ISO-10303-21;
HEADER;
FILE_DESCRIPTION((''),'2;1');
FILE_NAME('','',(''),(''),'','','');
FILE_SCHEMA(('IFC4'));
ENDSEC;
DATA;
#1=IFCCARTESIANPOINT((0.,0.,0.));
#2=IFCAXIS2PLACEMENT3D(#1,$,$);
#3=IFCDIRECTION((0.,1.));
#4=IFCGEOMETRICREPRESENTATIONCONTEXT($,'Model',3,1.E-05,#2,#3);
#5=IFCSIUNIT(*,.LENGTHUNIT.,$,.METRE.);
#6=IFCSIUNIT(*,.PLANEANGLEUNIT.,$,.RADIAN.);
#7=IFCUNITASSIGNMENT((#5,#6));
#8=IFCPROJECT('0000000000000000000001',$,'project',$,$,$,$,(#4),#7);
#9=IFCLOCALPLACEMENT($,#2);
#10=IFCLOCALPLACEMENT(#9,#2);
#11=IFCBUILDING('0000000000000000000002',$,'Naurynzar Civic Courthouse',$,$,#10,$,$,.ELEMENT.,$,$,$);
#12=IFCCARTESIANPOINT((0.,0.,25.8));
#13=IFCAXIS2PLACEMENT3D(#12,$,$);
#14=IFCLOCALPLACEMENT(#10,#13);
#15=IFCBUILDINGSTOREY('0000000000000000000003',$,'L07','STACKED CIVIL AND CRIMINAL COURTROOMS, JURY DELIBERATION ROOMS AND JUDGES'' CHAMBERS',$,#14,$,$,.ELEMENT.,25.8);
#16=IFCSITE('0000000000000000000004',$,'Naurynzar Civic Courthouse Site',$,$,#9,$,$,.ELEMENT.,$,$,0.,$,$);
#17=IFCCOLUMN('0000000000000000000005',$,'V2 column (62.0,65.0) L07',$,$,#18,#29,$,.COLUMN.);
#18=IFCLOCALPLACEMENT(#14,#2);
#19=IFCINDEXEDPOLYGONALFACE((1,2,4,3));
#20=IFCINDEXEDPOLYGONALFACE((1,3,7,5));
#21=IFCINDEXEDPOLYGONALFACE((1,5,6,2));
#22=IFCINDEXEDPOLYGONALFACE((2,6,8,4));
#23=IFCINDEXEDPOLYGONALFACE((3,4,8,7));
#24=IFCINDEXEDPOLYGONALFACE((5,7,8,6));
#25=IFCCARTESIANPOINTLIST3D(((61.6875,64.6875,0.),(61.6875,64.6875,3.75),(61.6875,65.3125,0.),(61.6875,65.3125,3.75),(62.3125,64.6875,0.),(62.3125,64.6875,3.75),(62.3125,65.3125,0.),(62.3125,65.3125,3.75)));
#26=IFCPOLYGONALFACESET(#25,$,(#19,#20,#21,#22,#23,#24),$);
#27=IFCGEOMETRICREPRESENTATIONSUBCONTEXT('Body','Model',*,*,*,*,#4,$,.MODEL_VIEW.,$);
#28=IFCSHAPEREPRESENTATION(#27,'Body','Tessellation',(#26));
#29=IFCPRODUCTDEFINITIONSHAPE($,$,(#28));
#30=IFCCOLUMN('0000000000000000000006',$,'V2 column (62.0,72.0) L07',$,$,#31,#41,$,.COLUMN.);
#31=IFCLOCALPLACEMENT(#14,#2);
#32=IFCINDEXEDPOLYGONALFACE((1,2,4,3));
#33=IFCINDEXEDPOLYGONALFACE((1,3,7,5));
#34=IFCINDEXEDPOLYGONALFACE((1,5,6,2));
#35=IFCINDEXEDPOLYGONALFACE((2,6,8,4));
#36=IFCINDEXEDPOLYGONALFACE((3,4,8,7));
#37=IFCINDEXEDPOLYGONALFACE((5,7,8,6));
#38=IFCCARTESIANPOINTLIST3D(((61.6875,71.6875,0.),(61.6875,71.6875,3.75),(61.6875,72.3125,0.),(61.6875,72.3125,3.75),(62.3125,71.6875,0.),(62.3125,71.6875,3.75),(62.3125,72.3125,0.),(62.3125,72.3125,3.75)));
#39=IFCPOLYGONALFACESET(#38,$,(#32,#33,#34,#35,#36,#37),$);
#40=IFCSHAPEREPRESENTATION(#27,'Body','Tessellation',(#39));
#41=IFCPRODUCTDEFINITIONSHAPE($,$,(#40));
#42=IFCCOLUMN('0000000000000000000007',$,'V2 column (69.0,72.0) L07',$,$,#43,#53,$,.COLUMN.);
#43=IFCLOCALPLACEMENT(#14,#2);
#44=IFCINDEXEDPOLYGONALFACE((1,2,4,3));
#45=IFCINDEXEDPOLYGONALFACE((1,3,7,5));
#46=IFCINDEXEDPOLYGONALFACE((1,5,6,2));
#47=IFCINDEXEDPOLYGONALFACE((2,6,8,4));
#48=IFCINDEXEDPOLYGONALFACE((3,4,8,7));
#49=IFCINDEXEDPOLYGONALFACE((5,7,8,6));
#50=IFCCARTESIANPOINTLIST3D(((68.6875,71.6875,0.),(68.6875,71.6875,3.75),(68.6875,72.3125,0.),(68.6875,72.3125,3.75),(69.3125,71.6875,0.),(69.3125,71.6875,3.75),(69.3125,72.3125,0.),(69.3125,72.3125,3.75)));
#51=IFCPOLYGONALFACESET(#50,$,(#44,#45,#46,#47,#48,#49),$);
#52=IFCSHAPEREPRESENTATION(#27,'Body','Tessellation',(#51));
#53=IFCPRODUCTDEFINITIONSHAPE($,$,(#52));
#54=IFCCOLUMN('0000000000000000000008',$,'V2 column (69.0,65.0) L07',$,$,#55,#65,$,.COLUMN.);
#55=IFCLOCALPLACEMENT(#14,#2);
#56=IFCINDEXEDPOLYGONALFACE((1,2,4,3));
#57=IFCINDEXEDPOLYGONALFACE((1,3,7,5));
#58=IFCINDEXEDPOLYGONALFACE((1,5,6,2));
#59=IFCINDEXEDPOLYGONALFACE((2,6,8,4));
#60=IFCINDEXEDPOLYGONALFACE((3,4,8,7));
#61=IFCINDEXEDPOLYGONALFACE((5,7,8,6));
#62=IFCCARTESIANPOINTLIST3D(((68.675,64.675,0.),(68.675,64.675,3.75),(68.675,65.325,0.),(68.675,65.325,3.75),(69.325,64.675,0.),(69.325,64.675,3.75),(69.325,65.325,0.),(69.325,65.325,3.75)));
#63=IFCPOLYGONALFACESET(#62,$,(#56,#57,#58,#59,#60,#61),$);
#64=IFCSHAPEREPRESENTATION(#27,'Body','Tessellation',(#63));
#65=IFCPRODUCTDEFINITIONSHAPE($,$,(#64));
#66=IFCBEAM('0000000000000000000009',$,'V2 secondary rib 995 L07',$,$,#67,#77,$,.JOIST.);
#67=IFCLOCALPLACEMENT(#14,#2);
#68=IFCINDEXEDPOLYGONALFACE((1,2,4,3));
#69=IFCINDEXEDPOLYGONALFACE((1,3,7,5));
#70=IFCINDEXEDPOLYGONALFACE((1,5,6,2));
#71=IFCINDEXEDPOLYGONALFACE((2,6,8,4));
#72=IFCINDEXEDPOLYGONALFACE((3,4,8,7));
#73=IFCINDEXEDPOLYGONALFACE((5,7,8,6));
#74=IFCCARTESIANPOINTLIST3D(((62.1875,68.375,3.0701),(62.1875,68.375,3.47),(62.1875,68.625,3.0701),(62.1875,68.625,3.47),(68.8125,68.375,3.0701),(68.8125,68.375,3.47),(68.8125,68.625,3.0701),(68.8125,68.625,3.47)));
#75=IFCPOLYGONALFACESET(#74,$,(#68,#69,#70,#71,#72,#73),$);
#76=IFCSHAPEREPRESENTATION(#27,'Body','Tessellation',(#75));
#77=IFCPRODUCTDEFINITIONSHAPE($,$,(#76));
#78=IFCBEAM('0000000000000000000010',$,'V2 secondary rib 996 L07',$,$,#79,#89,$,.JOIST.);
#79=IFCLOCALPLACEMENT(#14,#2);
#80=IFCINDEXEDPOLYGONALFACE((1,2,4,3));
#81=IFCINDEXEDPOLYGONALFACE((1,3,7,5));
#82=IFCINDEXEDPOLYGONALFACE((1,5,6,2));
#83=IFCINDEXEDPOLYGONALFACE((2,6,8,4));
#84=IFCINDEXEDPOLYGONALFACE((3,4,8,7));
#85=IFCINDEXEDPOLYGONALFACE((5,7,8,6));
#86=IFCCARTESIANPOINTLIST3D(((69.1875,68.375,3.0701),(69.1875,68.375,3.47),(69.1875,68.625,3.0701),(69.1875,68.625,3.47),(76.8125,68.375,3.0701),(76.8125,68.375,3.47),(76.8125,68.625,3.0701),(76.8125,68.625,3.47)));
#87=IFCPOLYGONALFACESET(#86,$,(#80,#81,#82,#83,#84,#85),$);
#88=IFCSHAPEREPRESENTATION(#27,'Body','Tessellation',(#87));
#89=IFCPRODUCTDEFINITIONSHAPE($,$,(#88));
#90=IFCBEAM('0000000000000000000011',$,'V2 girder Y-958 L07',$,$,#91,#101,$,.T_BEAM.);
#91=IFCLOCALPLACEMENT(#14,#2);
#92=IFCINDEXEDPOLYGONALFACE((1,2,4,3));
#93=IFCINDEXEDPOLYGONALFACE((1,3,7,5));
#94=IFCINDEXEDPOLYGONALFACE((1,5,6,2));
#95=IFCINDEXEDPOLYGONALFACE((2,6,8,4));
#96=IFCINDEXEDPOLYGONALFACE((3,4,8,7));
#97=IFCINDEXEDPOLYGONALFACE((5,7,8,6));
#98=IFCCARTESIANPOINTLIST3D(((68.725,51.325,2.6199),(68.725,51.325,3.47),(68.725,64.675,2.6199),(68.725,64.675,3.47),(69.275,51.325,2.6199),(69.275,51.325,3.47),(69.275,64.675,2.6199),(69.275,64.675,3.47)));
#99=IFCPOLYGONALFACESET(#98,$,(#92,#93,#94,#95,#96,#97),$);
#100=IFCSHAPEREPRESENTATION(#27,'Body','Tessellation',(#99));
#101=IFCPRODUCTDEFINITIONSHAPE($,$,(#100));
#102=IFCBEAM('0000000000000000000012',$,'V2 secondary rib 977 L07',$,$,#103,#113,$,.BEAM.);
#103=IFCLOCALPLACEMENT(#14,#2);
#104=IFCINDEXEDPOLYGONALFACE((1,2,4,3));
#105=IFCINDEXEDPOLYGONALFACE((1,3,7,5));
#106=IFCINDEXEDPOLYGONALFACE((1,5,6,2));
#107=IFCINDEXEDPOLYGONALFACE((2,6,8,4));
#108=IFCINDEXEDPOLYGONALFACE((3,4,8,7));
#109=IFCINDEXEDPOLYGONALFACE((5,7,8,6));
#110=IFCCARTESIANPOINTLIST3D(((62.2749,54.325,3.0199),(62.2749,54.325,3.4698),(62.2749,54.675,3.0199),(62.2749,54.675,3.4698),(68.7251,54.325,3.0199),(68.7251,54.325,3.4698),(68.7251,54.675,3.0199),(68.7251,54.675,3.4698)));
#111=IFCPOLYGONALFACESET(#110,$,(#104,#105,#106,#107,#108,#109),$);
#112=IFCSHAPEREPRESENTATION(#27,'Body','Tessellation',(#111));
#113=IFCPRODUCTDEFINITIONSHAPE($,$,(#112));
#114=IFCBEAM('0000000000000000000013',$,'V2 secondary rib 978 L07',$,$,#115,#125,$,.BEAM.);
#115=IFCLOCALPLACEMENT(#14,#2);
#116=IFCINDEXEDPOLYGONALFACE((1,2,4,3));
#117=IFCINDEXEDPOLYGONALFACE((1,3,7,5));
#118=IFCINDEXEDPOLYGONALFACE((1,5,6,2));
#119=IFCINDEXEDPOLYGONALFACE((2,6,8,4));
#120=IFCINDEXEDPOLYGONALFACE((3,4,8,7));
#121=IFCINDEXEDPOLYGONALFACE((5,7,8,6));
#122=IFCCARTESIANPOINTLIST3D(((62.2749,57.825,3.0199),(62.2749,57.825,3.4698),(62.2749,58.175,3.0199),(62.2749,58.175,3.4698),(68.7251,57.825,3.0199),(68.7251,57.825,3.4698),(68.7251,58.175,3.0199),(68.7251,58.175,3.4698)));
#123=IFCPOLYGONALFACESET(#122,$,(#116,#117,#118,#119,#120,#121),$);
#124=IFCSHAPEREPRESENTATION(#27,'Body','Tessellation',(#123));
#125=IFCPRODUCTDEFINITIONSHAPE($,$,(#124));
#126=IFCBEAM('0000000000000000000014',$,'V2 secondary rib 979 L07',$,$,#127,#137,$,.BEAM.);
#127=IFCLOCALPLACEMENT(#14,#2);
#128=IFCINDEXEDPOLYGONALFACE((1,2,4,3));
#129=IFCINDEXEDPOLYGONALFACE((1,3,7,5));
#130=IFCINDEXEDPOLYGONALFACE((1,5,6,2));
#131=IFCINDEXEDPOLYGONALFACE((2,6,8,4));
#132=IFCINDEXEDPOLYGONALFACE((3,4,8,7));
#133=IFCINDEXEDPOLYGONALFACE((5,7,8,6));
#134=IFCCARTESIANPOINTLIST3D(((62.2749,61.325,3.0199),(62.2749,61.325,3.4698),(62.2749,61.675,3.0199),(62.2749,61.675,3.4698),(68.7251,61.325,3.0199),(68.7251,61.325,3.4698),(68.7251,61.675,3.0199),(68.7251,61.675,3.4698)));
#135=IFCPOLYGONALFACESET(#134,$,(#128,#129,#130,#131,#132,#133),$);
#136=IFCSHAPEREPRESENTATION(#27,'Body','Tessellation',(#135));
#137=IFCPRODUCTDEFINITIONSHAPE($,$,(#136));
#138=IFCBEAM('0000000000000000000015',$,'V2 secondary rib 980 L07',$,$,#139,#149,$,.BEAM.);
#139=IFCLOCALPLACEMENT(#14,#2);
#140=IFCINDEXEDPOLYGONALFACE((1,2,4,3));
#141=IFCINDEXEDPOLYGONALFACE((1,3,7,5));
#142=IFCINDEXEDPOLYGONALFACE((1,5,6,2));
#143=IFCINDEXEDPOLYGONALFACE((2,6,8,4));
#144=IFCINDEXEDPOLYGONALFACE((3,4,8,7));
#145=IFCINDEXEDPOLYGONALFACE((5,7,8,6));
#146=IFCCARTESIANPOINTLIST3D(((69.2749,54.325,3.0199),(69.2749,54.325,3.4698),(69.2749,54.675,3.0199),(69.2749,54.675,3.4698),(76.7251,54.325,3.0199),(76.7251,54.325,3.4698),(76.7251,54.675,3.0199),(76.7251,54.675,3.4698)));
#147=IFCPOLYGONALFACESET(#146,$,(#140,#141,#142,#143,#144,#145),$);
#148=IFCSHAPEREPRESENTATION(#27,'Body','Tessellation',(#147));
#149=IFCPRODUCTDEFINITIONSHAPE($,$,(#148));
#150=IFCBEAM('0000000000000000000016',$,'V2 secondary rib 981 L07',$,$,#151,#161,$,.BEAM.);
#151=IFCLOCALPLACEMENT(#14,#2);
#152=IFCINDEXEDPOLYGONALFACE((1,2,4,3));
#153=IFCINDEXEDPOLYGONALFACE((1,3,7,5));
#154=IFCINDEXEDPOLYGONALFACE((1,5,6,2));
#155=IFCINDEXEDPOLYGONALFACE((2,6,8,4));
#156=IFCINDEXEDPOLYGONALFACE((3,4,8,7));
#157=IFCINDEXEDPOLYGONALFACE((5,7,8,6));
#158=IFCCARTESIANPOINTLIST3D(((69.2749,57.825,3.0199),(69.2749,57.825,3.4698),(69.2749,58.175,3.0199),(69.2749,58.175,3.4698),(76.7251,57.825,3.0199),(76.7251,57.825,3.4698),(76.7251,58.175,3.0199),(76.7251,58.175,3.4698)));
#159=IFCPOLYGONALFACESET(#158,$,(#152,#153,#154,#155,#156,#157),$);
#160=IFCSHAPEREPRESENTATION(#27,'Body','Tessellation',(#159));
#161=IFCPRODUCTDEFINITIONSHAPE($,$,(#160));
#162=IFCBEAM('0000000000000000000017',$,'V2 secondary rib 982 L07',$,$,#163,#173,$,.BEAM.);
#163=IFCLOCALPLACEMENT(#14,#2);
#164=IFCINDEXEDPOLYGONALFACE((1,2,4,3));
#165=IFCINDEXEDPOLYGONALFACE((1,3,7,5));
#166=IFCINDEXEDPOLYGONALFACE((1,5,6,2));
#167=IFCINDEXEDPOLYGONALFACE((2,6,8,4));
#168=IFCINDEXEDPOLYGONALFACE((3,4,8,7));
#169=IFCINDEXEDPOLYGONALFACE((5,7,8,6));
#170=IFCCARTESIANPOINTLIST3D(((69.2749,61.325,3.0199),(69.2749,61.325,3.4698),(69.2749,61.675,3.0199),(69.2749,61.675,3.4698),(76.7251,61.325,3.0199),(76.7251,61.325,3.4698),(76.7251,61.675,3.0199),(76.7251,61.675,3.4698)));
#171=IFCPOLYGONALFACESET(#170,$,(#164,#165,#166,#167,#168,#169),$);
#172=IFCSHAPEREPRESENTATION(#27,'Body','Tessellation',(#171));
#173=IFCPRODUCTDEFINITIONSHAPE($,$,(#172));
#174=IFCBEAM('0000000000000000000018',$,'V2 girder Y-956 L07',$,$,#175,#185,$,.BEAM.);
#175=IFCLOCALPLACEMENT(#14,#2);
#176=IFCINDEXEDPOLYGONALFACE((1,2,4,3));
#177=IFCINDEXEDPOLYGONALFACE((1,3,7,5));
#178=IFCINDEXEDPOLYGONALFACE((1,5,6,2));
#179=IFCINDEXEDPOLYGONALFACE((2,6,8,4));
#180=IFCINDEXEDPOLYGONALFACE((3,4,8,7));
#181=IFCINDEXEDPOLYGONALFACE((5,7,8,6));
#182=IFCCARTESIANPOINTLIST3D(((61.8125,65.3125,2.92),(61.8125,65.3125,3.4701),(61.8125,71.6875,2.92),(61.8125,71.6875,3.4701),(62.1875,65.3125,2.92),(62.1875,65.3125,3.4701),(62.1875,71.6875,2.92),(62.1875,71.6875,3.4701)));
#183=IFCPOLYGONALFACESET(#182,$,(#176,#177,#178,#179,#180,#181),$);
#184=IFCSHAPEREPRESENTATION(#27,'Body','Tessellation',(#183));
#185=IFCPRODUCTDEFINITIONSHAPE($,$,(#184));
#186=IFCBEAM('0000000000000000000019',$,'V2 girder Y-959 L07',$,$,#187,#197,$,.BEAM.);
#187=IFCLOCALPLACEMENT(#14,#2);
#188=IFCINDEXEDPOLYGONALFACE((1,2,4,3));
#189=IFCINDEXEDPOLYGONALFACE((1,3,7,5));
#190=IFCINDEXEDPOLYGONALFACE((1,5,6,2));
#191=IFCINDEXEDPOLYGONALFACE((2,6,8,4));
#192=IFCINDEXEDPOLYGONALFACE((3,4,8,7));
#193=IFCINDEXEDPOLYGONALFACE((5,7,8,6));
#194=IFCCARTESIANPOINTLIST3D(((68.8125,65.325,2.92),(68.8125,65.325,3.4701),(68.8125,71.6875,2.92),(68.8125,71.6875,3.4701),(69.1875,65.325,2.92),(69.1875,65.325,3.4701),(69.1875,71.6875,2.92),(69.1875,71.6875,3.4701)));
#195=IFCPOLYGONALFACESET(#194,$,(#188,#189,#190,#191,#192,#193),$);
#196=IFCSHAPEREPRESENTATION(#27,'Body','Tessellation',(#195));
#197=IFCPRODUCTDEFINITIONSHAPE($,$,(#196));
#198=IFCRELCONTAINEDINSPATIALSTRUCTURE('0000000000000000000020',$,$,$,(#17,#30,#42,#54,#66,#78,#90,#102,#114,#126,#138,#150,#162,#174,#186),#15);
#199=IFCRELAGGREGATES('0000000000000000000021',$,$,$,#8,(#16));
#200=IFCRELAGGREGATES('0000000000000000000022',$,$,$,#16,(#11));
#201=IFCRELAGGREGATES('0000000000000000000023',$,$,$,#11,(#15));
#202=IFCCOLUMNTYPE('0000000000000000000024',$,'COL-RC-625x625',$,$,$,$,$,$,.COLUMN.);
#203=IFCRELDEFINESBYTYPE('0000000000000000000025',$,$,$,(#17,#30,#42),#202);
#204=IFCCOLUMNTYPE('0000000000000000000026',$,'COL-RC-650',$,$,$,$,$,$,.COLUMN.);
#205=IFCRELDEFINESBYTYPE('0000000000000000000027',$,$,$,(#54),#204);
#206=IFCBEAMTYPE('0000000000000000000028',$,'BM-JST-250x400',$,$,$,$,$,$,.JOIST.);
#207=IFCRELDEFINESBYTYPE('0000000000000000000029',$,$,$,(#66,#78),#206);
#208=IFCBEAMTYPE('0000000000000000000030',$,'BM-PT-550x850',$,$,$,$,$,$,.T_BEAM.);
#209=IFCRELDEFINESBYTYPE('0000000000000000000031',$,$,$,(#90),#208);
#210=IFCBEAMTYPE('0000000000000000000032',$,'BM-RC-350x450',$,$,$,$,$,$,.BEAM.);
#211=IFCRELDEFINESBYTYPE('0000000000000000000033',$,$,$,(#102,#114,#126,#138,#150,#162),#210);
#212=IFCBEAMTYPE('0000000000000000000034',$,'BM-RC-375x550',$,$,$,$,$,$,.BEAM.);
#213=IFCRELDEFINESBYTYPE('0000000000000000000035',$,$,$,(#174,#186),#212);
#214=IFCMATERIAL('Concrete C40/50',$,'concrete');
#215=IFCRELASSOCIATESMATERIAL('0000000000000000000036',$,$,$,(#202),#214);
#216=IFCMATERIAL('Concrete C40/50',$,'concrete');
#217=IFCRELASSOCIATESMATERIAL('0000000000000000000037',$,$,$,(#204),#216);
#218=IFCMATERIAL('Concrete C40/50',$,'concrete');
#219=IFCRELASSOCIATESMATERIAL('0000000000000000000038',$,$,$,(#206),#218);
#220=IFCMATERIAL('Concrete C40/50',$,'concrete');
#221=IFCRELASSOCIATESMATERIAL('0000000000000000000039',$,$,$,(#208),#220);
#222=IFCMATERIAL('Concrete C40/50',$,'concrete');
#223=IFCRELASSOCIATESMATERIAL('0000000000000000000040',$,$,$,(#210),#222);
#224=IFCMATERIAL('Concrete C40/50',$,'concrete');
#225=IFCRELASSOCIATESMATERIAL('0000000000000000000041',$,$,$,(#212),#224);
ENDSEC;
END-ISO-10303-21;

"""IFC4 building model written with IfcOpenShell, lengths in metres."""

from ifc_helpers import new_model, si_unit, direction, frame, origin, origin_2d, place, context, subcontext, project, spatial, rectangle, extrude, material, material_profile, profile_set, type_object, element, save


model = new_model("IFC4")

# Units and contexts
model_context = context("Model", 3, precision=1e-05, world=origin(), true_north=direction((0.0, 1.0)))
body_context = subcontext(model_context, "Body", "Model", "MODEL_VIEW")
ifc_project = project(units=[si_unit("LENGTHUNIT", "METRE"), si_unit("PLANEANGLEUNIT", "RADIAN")], contexts=[model_context])

# Site, building, storey
site_placement = place(None, origin())
site = spatial("IfcSite", under=ifc_project, at=site_placement, Name="Naurynzar Civic Courthouse Site", CompositionType="ELEMENT", RefElevation=0.0)
building_placement = place(site_placement, origin())
building = spatial("IfcBuilding", under=site, at=building_placement, Name="Naurynzar Civic Courthouse", CompositionType="ELEMENT")
storey_placement = place(building_placement, frame((0.0, 0.0, 25.8)))
storey = spatial("IfcBuildingStorey", under=building, at=storey_placement, Name="L07", Description="STACKED CIVIL AND CRIMINAL COURTROOMS, JURY DELIBERATION ROOMS AND JUDGES' CHAMBERS", CompositionType="ELEMENT", Elevation=25.8)

# Columns
ifc_material_1 = material(Name="Concrete C40/50", Category="concrete")
ifc_material_profile_1 = material_profile(ifc_material_1, rectangle(XDim=0.625, YDim=0.625, at=origin_2d()), Name="RC 625x625")
ifc_profile_set_1 = profile_set([ifc_material_profile_1], Name="Concrete C40/50")
column_type_1 = type_object("IfcColumnType", Name="COL-RC-625x625", PredefinedType="COLUMN", material=ifc_profile_set_1)
for number, where, z_axis, x_axis, name in (
    (1, (62.0, 65.0, 0.0), (0.0, 0.0, 1.0), (1.0, 0.0, 0.0), "V2 column (62.0,65.0) L07"),
    (2, (62.0, 72.0, 0.0), (0.0, 0.0, 1.0), (1.0, 0.0, 0.0), "V2 column (62.0,72.0) L07"),
    (3, (69.0, 72.0, 0.0), (0.0, 0.0, 1.0), (1.0, 0.0, 0.0), "V2 column (69.0,72.0) L07"),
):
    element("IfcColumn", number, at=place(storey_placement, frame(where, z_axis=z_axis, x_axis=x_axis)), inside=storey, type_object=column_type_1, Name=name, PredefinedType="COLUMN", context=body_context, shape_type="SweptSolid", body=[
        extrude(rectangle(XDim=0.625, YDim=0.625, at=origin_2d()), origin(), (0.0, 0.0, 1.0), 3.75),
    ])
ifc_material_2 = material(Name="Concrete C40/50", Category="concrete")
ifc_material_profile_2 = material_profile(ifc_material_2, rectangle(XDim=0.6499, YDim=0.6499, at=origin_2d()), Name="RC 650x650")
ifc_profile_set_2 = profile_set([ifc_material_profile_2], Name="Concrete C40/50")
column_type_2 = type_object("IfcColumnType", Name="COL-RC-650", PredefinedType="COLUMN", material=ifc_profile_set_2)
column_placement = place(storey_placement, frame((69.0, 65.0, 0.0), z_axis=(0.0, 0.0, 1.0), x_axis=(1.0, 0.0, 0.0)))
element("IfcColumn", 4, at=column_placement, inside=storey, type_object=column_type_2, Name="V2 column (69.0,65.0) L07", PredefinedType="COLUMN", context=body_context, shape_type="SweptSolid", body=[
    extrude(rectangle(XDim=0.6499, YDim=0.6499, at=origin_2d()), origin(), (0.0, 0.0, 1.0), 3.75),
])

# Beams
ifc_material_3 = material(Name="Concrete C40/50", Category="concrete")
ifc_material_profile_3 = material_profile(ifc_material_3, rectangle(XDim=0.25, YDim=0.3999, at=origin_2d()), Name="RCB 250x400")
ifc_profile_set_3 = profile_set([ifc_material_profile_3], Name="Concrete C40/50")
beam_type_1 = type_object("IfcBeamType", Name="BM-JST-250x400", PredefinedType="JOIST", material=ifc_profile_set_3)
beam_1_placement = place(storey_placement, frame((62.1875, 68.5, 3.27), z_axis=(1.0, 0.0, 0.0), x_axis=(0.0, 1.0, 0.0)))
element("IfcBeam", 5, at=beam_1_placement, inside=storey, type_object=beam_type_1, Name="V2 secondary rib 995 L07", PredefinedType="JOIST", context=body_context, shape_type="SweptSolid", body=[
    extrude(rectangle(XDim=0.25, YDim=0.3999, at=origin_2d()), origin(), (0.0, 0.0, 1.0), 6.625),
])
beam_2_placement = place(storey_placement, frame((69.1875, 68.5, 3.27), z_axis=(1.0, 0.0, 0.0), x_axis=(0.0, 1.0, 0.0)))
element("IfcBeam", 6, at=beam_2_placement, inside=storey, type_object=beam_type_1, Name="V2 secondary rib 996 L07", PredefinedType="JOIST", context=body_context, shape_type="SweptSolid", body=[
    extrude(rectangle(XDim=0.25, YDim=0.3999, at=origin_2d()), origin(), (0.0, 0.0, 1.0), 7.625),
])
ifc_material_4 = material(Name="Concrete C40/50", Category="concrete")
ifc_material_profile_4 = material_profile(ifc_material_4, rectangle(XDim=0.55, YDim=0.8501, at=origin_2d()), Name="PTB 550x850")
ifc_profile_set_4 = profile_set([ifc_material_profile_4], Name="Concrete C40/50")
beam_type_2 = type_object("IfcBeamType", Name="BM-PT-550x850", PredefinedType="T_BEAM", material=ifc_profile_set_4)
beam_3_placement = place(storey_placement, frame((69.0, 51.325, 3.0449), z_axis=(0.0, 1.0, 0.0), x_axis=(-1.0, 0.0, 0.0)))
element("IfcBeam", 7, at=beam_3_placement, inside=storey, type_object=beam_type_2, Name="V2 girder Y-958 L07", PredefinedType="T_BEAM", context=body_context, shape_type="SweptSolid", body=[
    extrude(rectangle(XDim=0.55, YDim=0.8501, at=origin_2d()), origin(), (0.0, 0.0, 1.0), 13.3501),
])
ifc_material_5 = material(Name="Concrete C40/50", Category="concrete")
ifc_material_profile_5 = material_profile(ifc_material_5, rectangle(XDim=0.3501, YDim=0.45, at=origin_2d()), Name="RCB 350x450")
ifc_profile_set_5 = profile_set([ifc_material_profile_5], Name="Concrete C40/50")
beam_type_3 = type_object("IfcBeamType", Name="BM-RC-350x450", PredefinedType="BEAM", material=ifc_profile_set_5)
for number, where, z_axis, x_axis, name in (
    (8, (62.2749, 54.5, 3.2449), (1.0, 0.0, 0.0), (0.0, 1.0, 0.0), "V2 secondary rib 977 L07"),
    (9, (62.2749, 58.0, 3.2449), (1.0, 0.0, 0.0), (0.0, 1.0, 0.0), "V2 secondary rib 978 L07"),
    (10, (62.2749, 61.5, 3.2449), (1.0, 0.0, 0.0), (0.0, 1.0, 0.0), "V2 secondary rib 979 L07"),
):
    element("IfcBeam", number, at=place(storey_placement, frame(where, z_axis=z_axis, x_axis=x_axis)), inside=storey, type_object=beam_type_3, Name=name, PredefinedType="BEAM", context=body_context, shape_type="SweptSolid", body=[
        extrude(rectangle(XDim=0.3501, YDim=0.45, at=origin_2d()), origin(), (0.0, 0.0, 1.0), 6.4502),
    ])
for number, where, z_axis, x_axis, name in (
    (11, (69.2749, 54.5, 3.2449), (1.0, 0.0, 0.0), (0.0, 1.0, 0.0), "V2 secondary rib 980 L07"),
    (12, (69.2749, 58.0, 3.2449), (1.0, 0.0, 0.0), (0.0, 1.0, 0.0), "V2 secondary rib 981 L07"),
    (13, (69.2749, 61.5, 3.2449), (1.0, 0.0, 0.0), (0.0, 1.0, 0.0), "V2 secondary rib 982 L07"),
):
    element("IfcBeam", number, at=place(storey_placement, frame(where, z_axis=z_axis, x_axis=x_axis)), inside=storey, type_object=beam_type_3, Name=name, PredefinedType="BEAM", context=body_context, shape_type="SweptSolid", body=[
        extrude(rectangle(XDim=0.3501, YDim=0.45, at=origin_2d()), origin(), (0.0, 0.0, 1.0), 7.4502),
    ])
ifc_material_6 = material(Name="Concrete C40/50", Category="concrete")
ifc_material_profile_6 = material_profile(ifc_material_6, rectangle(XDim=0.375, YDim=0.55, at=origin_2d()), Name="RCB 375x550")
ifc_profile_set_6 = profile_set([ifc_material_profile_6], Name="Concrete C40/50")
beam_type_4 = type_object("IfcBeamType", Name="BM-RC-375x550", PredefinedType="BEAM", material=ifc_profile_set_6)
beam_4_placement = place(storey_placement, frame((62.0, 65.3125, 3.1951), z_axis=(0.0, 1.0, 0.0), x_axis=(-1.0, 0.0, 0.0)))
element("IfcBeam", 14, at=beam_4_placement, inside=storey, type_object=beam_type_4, Name="V2 girder Y-956 L07", PredefinedType="BEAM", context=body_context, shape_type="SweptSolid", body=[
    extrude(rectangle(XDim=0.375, YDim=0.55, at=origin_2d()), origin(), (0.0, 0.0, 1.0), 6.375),
])
beam_5_placement = place(storey_placement, frame((69.0, 65.325, 3.1951), z_axis=(0.0, 1.0, 0.0), x_axis=(-1.0, 0.0, 0.0)))
element("IfcBeam", 15, at=beam_5_placement, inside=storey, type_object=beam_type_4, Name="V2 girder Y-959 L07", PredefinedType="BEAM", context=body_context, shape_type="SweptSolid", body=[
    extrude(rectangle(XDim=0.375, YDim=0.55, at=origin_2d()), origin(), (0.0, 0.0, 1.0), 6.3625),
])

save(model, "model.ifc")
